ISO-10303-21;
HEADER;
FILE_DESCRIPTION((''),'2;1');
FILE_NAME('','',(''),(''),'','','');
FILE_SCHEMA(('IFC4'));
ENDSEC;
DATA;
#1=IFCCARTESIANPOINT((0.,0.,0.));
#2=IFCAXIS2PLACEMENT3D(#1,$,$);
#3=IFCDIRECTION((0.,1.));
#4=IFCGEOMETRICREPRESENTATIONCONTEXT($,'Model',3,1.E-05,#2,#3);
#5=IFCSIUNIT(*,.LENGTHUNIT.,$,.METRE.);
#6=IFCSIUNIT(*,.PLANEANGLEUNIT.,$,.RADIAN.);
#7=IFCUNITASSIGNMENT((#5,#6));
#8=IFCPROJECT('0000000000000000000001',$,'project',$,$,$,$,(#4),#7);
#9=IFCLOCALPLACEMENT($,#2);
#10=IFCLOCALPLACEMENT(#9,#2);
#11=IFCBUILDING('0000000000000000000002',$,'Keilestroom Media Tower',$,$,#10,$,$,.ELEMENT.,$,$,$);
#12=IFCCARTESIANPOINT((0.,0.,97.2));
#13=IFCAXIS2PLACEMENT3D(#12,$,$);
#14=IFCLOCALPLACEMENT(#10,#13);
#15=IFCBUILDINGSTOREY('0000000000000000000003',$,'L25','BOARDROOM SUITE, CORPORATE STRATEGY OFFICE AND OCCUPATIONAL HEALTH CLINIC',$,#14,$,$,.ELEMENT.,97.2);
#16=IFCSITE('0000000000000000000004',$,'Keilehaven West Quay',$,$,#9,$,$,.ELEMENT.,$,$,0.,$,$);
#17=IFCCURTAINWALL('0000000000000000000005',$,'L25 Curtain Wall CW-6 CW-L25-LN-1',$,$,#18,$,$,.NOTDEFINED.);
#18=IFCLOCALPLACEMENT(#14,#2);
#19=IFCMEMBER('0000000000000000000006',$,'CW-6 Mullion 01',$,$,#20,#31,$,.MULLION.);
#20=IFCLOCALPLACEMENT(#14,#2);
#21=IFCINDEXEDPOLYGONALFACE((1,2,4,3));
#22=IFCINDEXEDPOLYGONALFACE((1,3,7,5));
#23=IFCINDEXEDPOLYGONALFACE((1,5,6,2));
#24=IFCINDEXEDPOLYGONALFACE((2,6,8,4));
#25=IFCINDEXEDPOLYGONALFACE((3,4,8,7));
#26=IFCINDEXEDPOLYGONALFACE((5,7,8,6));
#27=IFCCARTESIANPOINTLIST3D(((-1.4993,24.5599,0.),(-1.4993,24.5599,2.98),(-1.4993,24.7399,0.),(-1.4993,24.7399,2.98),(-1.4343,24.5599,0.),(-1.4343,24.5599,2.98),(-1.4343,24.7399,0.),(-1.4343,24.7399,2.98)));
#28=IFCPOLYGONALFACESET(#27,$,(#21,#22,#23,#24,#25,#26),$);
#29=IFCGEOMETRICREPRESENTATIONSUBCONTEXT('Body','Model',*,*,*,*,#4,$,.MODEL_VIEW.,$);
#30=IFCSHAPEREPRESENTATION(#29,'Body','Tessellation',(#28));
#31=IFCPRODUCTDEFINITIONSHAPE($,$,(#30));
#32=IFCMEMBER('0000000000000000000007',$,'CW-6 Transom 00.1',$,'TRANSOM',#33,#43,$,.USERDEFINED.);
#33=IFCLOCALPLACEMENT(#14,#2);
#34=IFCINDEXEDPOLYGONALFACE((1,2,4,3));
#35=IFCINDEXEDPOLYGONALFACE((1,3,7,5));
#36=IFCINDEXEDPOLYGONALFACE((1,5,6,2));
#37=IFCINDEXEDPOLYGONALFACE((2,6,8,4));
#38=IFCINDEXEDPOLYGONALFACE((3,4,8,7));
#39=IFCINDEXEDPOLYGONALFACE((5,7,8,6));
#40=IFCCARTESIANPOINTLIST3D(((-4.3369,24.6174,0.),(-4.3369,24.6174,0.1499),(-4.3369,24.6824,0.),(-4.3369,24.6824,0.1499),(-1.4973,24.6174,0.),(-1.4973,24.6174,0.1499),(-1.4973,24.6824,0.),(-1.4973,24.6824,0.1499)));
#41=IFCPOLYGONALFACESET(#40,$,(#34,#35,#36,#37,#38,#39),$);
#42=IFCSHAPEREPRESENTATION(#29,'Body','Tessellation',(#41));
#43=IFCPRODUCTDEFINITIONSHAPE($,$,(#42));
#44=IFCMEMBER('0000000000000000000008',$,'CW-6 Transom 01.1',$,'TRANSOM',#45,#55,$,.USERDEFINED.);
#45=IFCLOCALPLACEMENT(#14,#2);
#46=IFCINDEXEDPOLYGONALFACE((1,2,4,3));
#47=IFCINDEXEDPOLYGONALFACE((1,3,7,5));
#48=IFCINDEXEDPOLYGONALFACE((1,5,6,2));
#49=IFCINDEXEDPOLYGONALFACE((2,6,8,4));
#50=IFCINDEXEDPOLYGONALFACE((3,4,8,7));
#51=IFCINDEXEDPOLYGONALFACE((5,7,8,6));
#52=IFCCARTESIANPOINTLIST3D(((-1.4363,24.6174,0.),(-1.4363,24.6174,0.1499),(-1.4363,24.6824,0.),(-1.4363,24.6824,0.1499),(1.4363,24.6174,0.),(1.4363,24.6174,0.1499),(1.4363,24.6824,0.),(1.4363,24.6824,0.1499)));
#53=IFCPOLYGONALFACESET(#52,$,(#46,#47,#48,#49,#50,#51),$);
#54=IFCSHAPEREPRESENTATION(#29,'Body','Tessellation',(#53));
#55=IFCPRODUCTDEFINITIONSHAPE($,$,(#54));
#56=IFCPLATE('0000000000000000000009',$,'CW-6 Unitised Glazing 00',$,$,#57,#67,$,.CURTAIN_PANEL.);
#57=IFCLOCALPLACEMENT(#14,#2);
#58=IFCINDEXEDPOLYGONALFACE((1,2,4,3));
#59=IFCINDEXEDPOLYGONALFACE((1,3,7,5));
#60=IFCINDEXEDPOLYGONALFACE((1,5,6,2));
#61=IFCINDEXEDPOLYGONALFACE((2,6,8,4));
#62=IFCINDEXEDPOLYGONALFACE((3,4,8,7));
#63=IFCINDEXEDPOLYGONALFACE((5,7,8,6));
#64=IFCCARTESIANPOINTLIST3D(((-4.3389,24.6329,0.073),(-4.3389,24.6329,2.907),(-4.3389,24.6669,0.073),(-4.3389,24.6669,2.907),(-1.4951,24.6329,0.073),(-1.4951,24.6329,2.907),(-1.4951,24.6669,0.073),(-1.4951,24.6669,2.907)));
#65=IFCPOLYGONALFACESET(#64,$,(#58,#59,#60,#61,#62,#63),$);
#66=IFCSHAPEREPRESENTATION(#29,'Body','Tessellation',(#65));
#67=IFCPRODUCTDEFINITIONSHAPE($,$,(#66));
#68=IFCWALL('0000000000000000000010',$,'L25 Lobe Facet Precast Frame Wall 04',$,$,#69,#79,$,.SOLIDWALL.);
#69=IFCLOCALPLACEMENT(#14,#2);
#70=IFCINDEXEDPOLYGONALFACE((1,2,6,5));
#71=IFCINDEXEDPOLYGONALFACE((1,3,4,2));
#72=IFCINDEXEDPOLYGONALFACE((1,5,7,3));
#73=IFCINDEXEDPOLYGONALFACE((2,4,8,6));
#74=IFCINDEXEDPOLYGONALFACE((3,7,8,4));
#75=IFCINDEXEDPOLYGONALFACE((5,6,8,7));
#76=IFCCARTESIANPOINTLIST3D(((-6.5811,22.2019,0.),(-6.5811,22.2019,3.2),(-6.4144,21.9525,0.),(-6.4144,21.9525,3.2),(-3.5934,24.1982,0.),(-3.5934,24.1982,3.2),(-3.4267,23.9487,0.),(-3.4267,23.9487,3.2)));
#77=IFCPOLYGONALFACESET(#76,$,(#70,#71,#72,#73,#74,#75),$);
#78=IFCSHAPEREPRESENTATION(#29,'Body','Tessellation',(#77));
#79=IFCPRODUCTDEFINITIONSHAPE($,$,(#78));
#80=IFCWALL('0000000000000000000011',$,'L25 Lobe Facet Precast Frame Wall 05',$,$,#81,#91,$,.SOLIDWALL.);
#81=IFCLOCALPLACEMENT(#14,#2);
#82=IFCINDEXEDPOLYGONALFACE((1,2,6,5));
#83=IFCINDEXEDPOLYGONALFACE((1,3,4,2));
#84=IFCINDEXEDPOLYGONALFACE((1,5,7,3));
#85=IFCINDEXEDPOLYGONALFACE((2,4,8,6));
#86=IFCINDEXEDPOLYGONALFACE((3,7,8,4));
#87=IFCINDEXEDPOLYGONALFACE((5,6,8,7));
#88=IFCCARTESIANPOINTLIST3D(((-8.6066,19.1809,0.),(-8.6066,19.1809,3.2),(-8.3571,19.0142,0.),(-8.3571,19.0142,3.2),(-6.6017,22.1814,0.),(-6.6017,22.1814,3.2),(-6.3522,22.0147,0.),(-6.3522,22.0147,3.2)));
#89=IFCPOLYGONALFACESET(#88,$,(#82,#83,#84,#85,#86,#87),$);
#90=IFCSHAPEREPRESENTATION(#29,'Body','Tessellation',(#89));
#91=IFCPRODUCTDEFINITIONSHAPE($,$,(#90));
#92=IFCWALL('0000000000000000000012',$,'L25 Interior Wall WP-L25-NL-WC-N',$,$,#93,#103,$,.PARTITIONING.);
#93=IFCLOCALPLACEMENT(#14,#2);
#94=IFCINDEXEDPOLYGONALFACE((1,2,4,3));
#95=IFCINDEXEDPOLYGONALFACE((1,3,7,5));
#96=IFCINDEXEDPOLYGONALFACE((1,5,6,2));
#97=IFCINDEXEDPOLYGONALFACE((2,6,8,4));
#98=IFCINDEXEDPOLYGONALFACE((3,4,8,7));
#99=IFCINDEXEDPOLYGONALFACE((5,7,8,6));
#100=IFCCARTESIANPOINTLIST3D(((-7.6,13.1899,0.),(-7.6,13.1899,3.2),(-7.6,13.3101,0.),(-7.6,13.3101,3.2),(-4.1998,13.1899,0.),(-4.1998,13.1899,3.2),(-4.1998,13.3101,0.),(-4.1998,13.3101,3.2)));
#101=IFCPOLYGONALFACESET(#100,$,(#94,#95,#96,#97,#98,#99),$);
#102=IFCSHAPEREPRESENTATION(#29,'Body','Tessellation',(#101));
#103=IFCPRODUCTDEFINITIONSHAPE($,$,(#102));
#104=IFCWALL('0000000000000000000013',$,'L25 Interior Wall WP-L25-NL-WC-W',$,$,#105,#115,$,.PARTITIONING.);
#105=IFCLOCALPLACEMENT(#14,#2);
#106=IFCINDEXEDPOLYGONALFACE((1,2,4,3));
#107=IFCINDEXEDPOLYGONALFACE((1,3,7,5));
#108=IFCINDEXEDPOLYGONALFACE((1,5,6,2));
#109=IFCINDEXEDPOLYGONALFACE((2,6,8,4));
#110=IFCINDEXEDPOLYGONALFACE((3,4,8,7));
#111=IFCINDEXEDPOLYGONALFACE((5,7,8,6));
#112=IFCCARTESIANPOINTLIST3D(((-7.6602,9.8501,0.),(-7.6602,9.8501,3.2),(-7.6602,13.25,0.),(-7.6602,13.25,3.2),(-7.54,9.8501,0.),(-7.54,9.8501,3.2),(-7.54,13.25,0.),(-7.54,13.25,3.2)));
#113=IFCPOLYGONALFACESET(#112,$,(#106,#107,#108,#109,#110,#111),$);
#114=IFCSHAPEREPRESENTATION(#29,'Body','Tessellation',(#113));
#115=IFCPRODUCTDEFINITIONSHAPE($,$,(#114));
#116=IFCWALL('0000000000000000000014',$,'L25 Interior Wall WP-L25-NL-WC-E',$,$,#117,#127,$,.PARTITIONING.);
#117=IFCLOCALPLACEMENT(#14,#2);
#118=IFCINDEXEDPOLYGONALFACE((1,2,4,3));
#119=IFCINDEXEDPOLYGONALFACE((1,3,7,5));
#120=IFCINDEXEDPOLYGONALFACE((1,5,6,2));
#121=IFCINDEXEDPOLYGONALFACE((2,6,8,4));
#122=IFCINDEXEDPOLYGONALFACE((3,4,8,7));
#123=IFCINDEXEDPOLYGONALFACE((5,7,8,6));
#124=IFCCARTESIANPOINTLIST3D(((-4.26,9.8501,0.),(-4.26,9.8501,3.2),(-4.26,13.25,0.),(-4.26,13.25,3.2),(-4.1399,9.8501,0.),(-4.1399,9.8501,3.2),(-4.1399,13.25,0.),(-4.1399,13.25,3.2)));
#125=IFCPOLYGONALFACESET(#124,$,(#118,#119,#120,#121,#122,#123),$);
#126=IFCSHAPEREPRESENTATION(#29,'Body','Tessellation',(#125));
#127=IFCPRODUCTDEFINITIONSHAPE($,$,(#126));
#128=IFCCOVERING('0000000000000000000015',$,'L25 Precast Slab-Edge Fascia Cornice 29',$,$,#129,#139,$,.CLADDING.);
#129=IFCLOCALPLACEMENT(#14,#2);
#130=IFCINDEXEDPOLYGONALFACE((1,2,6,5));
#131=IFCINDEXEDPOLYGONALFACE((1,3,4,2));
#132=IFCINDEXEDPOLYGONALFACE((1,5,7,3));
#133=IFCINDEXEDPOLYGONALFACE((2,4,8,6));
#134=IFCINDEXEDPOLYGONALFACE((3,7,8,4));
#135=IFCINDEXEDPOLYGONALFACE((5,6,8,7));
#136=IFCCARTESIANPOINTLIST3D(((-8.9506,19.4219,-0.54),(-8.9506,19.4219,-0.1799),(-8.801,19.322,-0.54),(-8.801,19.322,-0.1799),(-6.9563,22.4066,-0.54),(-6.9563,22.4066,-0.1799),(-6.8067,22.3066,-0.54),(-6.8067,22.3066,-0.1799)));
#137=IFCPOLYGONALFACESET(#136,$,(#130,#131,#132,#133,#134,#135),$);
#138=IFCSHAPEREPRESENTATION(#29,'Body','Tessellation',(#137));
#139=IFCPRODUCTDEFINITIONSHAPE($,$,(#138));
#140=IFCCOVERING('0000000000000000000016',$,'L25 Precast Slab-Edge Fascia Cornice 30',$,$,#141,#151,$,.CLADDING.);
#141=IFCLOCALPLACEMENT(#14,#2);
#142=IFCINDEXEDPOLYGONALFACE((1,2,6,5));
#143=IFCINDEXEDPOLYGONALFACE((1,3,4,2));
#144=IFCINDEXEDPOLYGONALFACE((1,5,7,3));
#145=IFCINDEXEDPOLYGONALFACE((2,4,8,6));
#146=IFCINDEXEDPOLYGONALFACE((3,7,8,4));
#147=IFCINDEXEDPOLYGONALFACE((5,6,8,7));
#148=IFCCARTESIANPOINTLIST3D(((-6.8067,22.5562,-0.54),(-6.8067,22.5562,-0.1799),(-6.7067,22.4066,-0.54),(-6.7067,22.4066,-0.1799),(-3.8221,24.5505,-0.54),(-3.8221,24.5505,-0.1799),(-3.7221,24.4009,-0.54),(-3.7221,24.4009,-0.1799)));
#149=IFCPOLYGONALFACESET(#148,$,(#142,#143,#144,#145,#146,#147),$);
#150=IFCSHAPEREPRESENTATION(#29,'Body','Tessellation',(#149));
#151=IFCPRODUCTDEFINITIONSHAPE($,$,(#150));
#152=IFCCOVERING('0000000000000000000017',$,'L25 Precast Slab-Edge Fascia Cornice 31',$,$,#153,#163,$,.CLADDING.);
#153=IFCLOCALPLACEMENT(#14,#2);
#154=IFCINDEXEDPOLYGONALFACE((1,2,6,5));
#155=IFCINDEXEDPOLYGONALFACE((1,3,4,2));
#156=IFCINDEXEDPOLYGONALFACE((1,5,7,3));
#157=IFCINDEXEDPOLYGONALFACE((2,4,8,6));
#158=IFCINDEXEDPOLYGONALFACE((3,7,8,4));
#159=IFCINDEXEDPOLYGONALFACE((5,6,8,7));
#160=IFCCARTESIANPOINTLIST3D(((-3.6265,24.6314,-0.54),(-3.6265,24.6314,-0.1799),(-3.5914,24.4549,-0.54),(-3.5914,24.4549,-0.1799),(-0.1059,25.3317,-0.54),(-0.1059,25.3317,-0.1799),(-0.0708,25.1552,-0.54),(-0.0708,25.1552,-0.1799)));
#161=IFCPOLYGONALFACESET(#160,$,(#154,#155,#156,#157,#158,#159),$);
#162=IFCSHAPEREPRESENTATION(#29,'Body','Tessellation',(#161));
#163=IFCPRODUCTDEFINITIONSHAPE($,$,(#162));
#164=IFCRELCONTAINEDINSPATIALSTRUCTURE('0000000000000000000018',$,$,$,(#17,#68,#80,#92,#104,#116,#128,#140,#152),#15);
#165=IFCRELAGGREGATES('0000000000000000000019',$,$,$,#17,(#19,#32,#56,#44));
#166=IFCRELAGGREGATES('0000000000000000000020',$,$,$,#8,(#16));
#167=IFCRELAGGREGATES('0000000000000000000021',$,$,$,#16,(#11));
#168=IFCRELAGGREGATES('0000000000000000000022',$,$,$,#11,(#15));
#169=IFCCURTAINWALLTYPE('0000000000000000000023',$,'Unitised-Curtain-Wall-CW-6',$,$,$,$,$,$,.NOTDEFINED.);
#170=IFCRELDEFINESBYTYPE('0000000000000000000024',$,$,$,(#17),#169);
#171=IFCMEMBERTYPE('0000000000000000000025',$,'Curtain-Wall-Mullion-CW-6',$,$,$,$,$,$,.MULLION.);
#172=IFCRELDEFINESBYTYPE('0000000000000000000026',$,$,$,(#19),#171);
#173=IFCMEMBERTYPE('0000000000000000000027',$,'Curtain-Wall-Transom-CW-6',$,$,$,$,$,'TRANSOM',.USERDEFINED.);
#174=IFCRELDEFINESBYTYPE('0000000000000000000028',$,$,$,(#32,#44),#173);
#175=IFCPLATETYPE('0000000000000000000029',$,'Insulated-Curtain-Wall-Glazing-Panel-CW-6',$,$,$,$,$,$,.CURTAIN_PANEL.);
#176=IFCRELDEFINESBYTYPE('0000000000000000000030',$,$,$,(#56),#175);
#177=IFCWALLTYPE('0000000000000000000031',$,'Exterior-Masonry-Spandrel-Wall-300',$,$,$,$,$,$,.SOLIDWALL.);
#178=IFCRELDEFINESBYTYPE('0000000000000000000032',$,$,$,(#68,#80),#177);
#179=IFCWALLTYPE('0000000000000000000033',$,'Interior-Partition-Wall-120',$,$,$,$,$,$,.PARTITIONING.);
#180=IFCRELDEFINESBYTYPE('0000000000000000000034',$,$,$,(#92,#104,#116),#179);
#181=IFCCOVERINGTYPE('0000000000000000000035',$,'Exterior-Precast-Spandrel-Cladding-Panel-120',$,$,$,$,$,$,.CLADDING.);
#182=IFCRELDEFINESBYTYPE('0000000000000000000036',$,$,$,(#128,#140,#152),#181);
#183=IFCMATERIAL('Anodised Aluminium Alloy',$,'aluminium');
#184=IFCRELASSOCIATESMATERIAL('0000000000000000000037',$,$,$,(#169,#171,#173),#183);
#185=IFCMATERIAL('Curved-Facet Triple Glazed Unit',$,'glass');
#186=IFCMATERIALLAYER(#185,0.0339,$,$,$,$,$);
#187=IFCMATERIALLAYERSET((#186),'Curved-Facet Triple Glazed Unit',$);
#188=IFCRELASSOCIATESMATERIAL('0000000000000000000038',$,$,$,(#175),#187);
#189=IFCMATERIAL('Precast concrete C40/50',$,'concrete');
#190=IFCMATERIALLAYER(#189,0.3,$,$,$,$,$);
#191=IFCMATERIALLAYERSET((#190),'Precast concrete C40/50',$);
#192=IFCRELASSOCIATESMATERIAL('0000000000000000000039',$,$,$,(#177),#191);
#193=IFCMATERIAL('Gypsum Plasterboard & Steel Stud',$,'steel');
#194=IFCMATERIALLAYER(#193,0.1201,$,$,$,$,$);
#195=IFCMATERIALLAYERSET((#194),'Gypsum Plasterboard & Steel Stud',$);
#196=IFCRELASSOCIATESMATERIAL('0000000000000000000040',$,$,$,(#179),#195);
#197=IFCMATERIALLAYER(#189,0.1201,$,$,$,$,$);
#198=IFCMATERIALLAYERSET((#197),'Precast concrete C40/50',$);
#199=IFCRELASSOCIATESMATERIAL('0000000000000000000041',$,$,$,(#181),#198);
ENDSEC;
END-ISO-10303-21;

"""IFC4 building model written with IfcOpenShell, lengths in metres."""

from ifc_helpers import new_model, si_unit, direction, frame, frame_2d, origin, origin_2d, place, context, subcontext, project, spatial, rectangle, extrude, source, transform, mapped, material, layer, layer_set, material_profile, profile_set, type_object, element, aggregate, save


model = new_model("IFC4")

# Units and contexts
model_context = context("Model", 3, precision=1e-05, world=origin(), true_north=direction((0.0, 1.0)))
body_context = subcontext(model_context, "Body", "Model", "MODEL_VIEW")
ifc_project = project(units=[si_unit("LENGTHUNIT", "METRE"), si_unit("PLANEANGLEUNIT", "RADIAN")], contexts=[model_context])

# Site, building, storey
site_placement = place(None, origin())
site = spatial("IfcSite", under=ifc_project, at=site_placement, Name="Keilehaven West Quay", CompositionType="ELEMENT", RefElevation=0.0)
building_placement = place(site_placement, origin())
building = spatial("IfcBuilding", under=site, at=building_placement, Name="Keilestroom Media Tower", CompositionType="ELEMENT")
storey_placement = place(building_placement, frame((0.0, 0.0, 97.2)))
storey = spatial("IfcBuildingStorey", under=building, at=storey_placement, Name="L25", Description="BOARDROOM SUITE, CORPORATE STRATEGY OFFICE AND OCCUPATIONAL HEALTH CLINIC", CompositionType="ELEMENT", Elevation=97.2)

# Curtain wall, members, plate
ifc_material_1 = material(Name="Anodised Aluminium Alloy", Category="aluminium")
curtain_wall_type = type_object("IfcCurtainWallType", Name="Unitised-Curtain-Wall-CW-6", PredefinedType="NOTDEFINED", material=ifc_material_1)
curtain_wall_placement = place(storey_placement, origin())
curtain_wall = element("IfcCurtainWall", 1, at=curtain_wall_placement, inside=storey, type_object=curtain_wall_type, Name="L25 Curtain Wall CW-6 CW-L25-LN-1", PredefinedType="NOTDEFINED")
ifc_material_profile_1 = material_profile(ifc_material_1, rectangle(XDim=0.0649, YDim=0.1799, at=origin_2d()), Name="ALU MULLION 65x180")
ifc_profile_set_1 = profile_set([ifc_material_profile_1], Name="Anodised Aluminium Alloy")
member_type_1 = type_object("IfcMemberType", Name="Curtain-Wall-Mullion-CW-6", PredefinedType="MULLION", material=ifc_profile_set_1)
shared_shape_1 = source(origin(), body_context, "Body", "SweptSolid", [
    extrude(rectangle(XDim=0.0649, YDim=0.1799, at=origin_2d()), origin(), (0.0, 0.0, 1.0), 2.98),
])
member_1_placement = place(storey_placement, frame((-1.4668, 24.6499, 0.0), z_axis=(0.0, 0.0, 1.0), x_axis=(1.0, 0.0, 0.0)))
member_1 = element("IfcMember", 2, at=member_1_placement, type_object=member_type_1, Name="CW-6 Mullion 01", PredefinedType="MULLION", context=body_context, shape_type="MappedRepresentation", body=[
    mapped(shared_shape_1, transform((0.0, 0.0, 0.0), x_axis=(1.0, 0.0, 0.0), y_axis=(0.0, 1.0, 0.0), z_axis=(0.0, 0.0, 1.0), scale=1.0)),
])
ifc_material_profile_2 = material_profile(ifc_material_1, rectangle(XDim=0.0649, YDim=0.1499, at=origin_2d()), Name="ALU TRANSOM 65x150")
ifc_profile_set_2 = profile_set([ifc_material_profile_2], Name="Anodised Aluminium Alloy")
member_type_2 = type_object("IfcMemberType", Name="Curtain-Wall-Transom-CW-6", ElementType="TRANSOM", PredefinedType="USERDEFINED", material=ifc_profile_set_2)
shared_shape_2 = source(origin(), body_context, "Body", "SweptSolid", [
    extrude(rectangle(XDim=0.0649, YDim=0.1499, at=origin_2d()), origin(), (0.0, 0.0, 1.0), 2.8396),
])
member_2_placement = place(storey_placement, frame((-4.3369, 24.6499, 0.075), z_axis=(1.0, 0.0, 0.0), x_axis=(0.0, 1.0, 0.0)))
member_2 = element("IfcMember", 3, at=member_2_placement, type_object=member_type_2, Name="CW-6 Transom 00.1", ObjectType="TRANSOM", PredefinedType="USERDEFINED", context=body_context, shape_type="MappedRepresentation", body=[
    mapped(shared_shape_2, transform((0.0, 0.0, 0.0), x_axis=(1.0, 0.0, 0.0), y_axis=(0.0, 1.0, 0.0), z_axis=(0.0, 0.0, 1.0), scale=1.0)),
])
shared_shape_3 = source(origin(), body_context, "Body", "SweptSolid", [
    extrude(rectangle(XDim=0.0649, YDim=0.1499, at=origin_2d()), origin(), (0.0, 0.0, 1.0), 2.8726),
])
member_3_placement = place(storey_placement, frame((-1.4363, 24.6499, 0.075), z_axis=(1.0, 0.0, 0.0), x_axis=(0.0, 1.0, 0.0)))
member_3 = element("IfcMember", 4, at=member_3_placement, type_object=member_type_2, Name="CW-6 Transom 01.1", ObjectType="TRANSOM", PredefinedType="USERDEFINED", context=body_context, shape_type="MappedRepresentation", body=[
    mapped(shared_shape_3, transform((0.0, 0.0, 0.0), x_axis=(1.0, 0.0, 0.0), y_axis=(0.0, 1.0, 0.0), z_axis=(0.0, 0.0, 1.0), scale=1.0)),
])
ifc_material_2 = material(Name="Curved-Facet Triple Glazed Unit", Category="glass")
ifc_layer_1 = layer(ifc_material_2, 0.0339)
ifc_layer_set_1 = layer_set([ifc_layer_1], Name="Curved-Facet Triple Glazed Unit")
plate_type = type_object("IfcPlateType", Name="Insulated-Curtain-Wall-Glazing-Panel-CW-6", PredefinedType="CURTAIN_PANEL", material=ifc_layer_set_1)
shared_shape_4 = source(origin(), body_context, "Body", "SweptSolid", [
    extrude(rectangle(XDim=2.8438, YDim=0.0339, at=origin_2d()), origin(), (0.0, 0.0, 1.0), 2.834),
])
plate_placement = place(storey_placement, frame((-2.917, 24.6499, 0.073), z_axis=(0.0, 0.0, 1.0), x_axis=(1.0, 0.0, 0.0)))
plate = element("IfcPlate", 5, at=plate_placement, type_object=plate_type, Name="CW-6 Unitised Glazing 00", PredefinedType="CURTAIN_PANEL", context=body_context, shape_type="MappedRepresentation", body=[
    mapped(shared_shape_4, transform((0.0, 0.0, 0.0), x_axis=(1.0, 0.0, 0.0), y_axis=(0.0, 1.0, 0.0), z_axis=(0.0, 0.0, 1.0), scale=1.0)),
])
aggregate(curtain_wall, [member_1, member_2, plate, member_3])

# Walls
ifc_material_3 = material(Name="Precast concrete C40/50", Category="concrete")
ifc_layer_2 = layer(ifc_material_3, 0.3)
ifc_layer_set_2 = layer_set([ifc_layer_2], Name="Precast concrete C40/50")
wall_type_1 = type_object("IfcWallType", Name="Exterior-Masonry-Spandrel-Wall-300", PredefinedType="SOLIDWALL", material=ifc_layer_set_2)
wall_1_placement = place(storey_placement, frame((-3.51, 24.0735, 0.0), z_axis=(0.0, 0.0, 1.0), x_axis=(-0.831475, -0.555562, 0.0)))
element("IfcWall", 6, at=wall_1_placement, inside=storey, type_object=wall_type_1, Name="L25 Lobe Facet Precast Frame Wall 04", PredefinedType="SOLIDWALL", context=body_context, shape_type="SweptSolid", body=[
    extrude(rectangle(XDim=3.5933, YDim=0.3, at=frame_2d((1.7966, 0.0))), origin(), (0.0, 0.0, 1.0), 3.2),
])
wall_2_placement = place(storey_placement, frame((-6.4771, 22.0979, 0.0), z_axis=(0.0, 0.0, 1.0), x_axis=(-0.555574, -0.831467, 0.0)))
element("IfcWall", 7, at=wall_2_placement, inside=storey, type_object=wall_type_1, Name="L25 Lobe Facet Precast Frame Wall 05", PredefinedType="SOLIDWALL", context=body_context, shape_type="SweptSolid", body=[
    extrude(rectangle(XDim=3.6086, YDim=0.3, at=frame_2d((1.8042, 0.0))), origin(), (0.0, 0.0, 1.0), 3.2),
])
ifc_material_4 = material(Name="Gypsum Plasterboard & Steel Stud", Category="steel")
ifc_layer_3 = layer(ifc_material_4, 0.1201)
ifc_layer_set_3 = layer_set([ifc_layer_3], Name="Gypsum Plasterboard & Steel Stud")
wall_type_2 = type_object("IfcWallType", Name="Interior-Partition-Wall-120", PredefinedType="PARTITIONING", material=ifc_layer_set_3)
wall_3_placement = place(storey_placement, frame((-7.6001, 13.25, 0.0), z_axis=(0.0, 0.0, 1.0), x_axis=(1.0, 0.0, 0.0)))
element("IfcWall", 8, at=wall_3_placement, inside=storey, type_object=wall_type_2, Name="L25 Interior Wall WP-L25-NL-WC-N", PredefinedType="PARTITIONING", context=body_context, shape_type="SweptSolid", body=[
    extrude(rectangle(XDim=3.4001, YDim=0.1201, at=frame_2d((1.7002, 0.0))), origin(), (0.0, 0.0, 1.0), 3.2),
])
for number, where, z_axis, x_axis, name in (
    (9, (-7.6001, 9.8501, 0.0), (0.0, 0.0, 1.0), (0.0, 1.0, 0.0), "L25 Interior Wall WP-L25-NL-WC-W"),
    (10, (-4.2, 9.8501, 0.0), (0.0, 0.0, 1.0), (0.0, 1.0, 0.0), "L25 Interior Wall WP-L25-NL-WC-E"),
):
    element("IfcWall", number, at=place(storey_placement, frame(where, z_axis=z_axis, x_axis=x_axis)), inside=storey, type_object=wall_type_2, Name=name, PredefinedType="PARTITIONING", context=body_context, shape_type="SweptSolid", body=[
        extrude(rectangle(XDim=3.3999, YDim=0.1201, at=frame_2d((1.7, 0.0))), origin(), (0.0, 0.0, 1.0), 3.2),
    ])

# Coverings
ifc_layer_4 = layer(ifc_material_3, 0.1201)
ifc_layer_set_4 = layer_set([ifc_layer_4], Name="Precast concrete C40/50")
covering_type = type_object("IfcCoveringType", Name="Exterior-Precast-Spandrel-Cladding-Panel-120", PredefinedType="CLADDING", material=ifc_layer_set_4)
shared_shape_5 = source(origin(), body_context, "Body", "SweptSolid", [
    extrude(rectangle(XDim=3.5896, YDim=0.1799, at=origin_2d()), origin(), (0.0, 0.0, 1.0), 0.3601),
])
for number, where, z_axis, x_axis, name in (
    (11, (-7.8787, 20.8643, -0.54), (0.0, 0.0, 1.0), (0.555575, 0.831467, 0.0), "L25 Precast Slab-Edge Fascia Cornice 29"),
    (12, (-5.2644, 23.4785, -0.54), (0.0, 0.0, 1.0), (0.831467, 0.555575, 0.0), "L25 Precast Slab-Edge Fascia Cornice 30"),
    (13, (-1.8486, 24.8933, -0.54), (0.0, 0.0, 1.0), (0.980784, 0.195099, 0.0), "L25 Precast Slab-Edge Fascia Cornice 31"),
):
    element("IfcCovering", number, at=place(storey_placement, frame(where, z_axis=z_axis, x_axis=x_axis)), inside=storey, type_object=covering_type, Name=name, PredefinedType="CLADDING", context=body_context, shape_type="MappedRepresentation", body=[
        mapped(shared_shape_5, transform((0.0, 0.0, 0.0), x_axis=(1.0, 0.0, 0.0), y_axis=(0.0, 1.0, 0.0), z_axis=(0.0, 0.0, 1.0), scale=1.0)),
    ])

save(model, "model.ifc")
